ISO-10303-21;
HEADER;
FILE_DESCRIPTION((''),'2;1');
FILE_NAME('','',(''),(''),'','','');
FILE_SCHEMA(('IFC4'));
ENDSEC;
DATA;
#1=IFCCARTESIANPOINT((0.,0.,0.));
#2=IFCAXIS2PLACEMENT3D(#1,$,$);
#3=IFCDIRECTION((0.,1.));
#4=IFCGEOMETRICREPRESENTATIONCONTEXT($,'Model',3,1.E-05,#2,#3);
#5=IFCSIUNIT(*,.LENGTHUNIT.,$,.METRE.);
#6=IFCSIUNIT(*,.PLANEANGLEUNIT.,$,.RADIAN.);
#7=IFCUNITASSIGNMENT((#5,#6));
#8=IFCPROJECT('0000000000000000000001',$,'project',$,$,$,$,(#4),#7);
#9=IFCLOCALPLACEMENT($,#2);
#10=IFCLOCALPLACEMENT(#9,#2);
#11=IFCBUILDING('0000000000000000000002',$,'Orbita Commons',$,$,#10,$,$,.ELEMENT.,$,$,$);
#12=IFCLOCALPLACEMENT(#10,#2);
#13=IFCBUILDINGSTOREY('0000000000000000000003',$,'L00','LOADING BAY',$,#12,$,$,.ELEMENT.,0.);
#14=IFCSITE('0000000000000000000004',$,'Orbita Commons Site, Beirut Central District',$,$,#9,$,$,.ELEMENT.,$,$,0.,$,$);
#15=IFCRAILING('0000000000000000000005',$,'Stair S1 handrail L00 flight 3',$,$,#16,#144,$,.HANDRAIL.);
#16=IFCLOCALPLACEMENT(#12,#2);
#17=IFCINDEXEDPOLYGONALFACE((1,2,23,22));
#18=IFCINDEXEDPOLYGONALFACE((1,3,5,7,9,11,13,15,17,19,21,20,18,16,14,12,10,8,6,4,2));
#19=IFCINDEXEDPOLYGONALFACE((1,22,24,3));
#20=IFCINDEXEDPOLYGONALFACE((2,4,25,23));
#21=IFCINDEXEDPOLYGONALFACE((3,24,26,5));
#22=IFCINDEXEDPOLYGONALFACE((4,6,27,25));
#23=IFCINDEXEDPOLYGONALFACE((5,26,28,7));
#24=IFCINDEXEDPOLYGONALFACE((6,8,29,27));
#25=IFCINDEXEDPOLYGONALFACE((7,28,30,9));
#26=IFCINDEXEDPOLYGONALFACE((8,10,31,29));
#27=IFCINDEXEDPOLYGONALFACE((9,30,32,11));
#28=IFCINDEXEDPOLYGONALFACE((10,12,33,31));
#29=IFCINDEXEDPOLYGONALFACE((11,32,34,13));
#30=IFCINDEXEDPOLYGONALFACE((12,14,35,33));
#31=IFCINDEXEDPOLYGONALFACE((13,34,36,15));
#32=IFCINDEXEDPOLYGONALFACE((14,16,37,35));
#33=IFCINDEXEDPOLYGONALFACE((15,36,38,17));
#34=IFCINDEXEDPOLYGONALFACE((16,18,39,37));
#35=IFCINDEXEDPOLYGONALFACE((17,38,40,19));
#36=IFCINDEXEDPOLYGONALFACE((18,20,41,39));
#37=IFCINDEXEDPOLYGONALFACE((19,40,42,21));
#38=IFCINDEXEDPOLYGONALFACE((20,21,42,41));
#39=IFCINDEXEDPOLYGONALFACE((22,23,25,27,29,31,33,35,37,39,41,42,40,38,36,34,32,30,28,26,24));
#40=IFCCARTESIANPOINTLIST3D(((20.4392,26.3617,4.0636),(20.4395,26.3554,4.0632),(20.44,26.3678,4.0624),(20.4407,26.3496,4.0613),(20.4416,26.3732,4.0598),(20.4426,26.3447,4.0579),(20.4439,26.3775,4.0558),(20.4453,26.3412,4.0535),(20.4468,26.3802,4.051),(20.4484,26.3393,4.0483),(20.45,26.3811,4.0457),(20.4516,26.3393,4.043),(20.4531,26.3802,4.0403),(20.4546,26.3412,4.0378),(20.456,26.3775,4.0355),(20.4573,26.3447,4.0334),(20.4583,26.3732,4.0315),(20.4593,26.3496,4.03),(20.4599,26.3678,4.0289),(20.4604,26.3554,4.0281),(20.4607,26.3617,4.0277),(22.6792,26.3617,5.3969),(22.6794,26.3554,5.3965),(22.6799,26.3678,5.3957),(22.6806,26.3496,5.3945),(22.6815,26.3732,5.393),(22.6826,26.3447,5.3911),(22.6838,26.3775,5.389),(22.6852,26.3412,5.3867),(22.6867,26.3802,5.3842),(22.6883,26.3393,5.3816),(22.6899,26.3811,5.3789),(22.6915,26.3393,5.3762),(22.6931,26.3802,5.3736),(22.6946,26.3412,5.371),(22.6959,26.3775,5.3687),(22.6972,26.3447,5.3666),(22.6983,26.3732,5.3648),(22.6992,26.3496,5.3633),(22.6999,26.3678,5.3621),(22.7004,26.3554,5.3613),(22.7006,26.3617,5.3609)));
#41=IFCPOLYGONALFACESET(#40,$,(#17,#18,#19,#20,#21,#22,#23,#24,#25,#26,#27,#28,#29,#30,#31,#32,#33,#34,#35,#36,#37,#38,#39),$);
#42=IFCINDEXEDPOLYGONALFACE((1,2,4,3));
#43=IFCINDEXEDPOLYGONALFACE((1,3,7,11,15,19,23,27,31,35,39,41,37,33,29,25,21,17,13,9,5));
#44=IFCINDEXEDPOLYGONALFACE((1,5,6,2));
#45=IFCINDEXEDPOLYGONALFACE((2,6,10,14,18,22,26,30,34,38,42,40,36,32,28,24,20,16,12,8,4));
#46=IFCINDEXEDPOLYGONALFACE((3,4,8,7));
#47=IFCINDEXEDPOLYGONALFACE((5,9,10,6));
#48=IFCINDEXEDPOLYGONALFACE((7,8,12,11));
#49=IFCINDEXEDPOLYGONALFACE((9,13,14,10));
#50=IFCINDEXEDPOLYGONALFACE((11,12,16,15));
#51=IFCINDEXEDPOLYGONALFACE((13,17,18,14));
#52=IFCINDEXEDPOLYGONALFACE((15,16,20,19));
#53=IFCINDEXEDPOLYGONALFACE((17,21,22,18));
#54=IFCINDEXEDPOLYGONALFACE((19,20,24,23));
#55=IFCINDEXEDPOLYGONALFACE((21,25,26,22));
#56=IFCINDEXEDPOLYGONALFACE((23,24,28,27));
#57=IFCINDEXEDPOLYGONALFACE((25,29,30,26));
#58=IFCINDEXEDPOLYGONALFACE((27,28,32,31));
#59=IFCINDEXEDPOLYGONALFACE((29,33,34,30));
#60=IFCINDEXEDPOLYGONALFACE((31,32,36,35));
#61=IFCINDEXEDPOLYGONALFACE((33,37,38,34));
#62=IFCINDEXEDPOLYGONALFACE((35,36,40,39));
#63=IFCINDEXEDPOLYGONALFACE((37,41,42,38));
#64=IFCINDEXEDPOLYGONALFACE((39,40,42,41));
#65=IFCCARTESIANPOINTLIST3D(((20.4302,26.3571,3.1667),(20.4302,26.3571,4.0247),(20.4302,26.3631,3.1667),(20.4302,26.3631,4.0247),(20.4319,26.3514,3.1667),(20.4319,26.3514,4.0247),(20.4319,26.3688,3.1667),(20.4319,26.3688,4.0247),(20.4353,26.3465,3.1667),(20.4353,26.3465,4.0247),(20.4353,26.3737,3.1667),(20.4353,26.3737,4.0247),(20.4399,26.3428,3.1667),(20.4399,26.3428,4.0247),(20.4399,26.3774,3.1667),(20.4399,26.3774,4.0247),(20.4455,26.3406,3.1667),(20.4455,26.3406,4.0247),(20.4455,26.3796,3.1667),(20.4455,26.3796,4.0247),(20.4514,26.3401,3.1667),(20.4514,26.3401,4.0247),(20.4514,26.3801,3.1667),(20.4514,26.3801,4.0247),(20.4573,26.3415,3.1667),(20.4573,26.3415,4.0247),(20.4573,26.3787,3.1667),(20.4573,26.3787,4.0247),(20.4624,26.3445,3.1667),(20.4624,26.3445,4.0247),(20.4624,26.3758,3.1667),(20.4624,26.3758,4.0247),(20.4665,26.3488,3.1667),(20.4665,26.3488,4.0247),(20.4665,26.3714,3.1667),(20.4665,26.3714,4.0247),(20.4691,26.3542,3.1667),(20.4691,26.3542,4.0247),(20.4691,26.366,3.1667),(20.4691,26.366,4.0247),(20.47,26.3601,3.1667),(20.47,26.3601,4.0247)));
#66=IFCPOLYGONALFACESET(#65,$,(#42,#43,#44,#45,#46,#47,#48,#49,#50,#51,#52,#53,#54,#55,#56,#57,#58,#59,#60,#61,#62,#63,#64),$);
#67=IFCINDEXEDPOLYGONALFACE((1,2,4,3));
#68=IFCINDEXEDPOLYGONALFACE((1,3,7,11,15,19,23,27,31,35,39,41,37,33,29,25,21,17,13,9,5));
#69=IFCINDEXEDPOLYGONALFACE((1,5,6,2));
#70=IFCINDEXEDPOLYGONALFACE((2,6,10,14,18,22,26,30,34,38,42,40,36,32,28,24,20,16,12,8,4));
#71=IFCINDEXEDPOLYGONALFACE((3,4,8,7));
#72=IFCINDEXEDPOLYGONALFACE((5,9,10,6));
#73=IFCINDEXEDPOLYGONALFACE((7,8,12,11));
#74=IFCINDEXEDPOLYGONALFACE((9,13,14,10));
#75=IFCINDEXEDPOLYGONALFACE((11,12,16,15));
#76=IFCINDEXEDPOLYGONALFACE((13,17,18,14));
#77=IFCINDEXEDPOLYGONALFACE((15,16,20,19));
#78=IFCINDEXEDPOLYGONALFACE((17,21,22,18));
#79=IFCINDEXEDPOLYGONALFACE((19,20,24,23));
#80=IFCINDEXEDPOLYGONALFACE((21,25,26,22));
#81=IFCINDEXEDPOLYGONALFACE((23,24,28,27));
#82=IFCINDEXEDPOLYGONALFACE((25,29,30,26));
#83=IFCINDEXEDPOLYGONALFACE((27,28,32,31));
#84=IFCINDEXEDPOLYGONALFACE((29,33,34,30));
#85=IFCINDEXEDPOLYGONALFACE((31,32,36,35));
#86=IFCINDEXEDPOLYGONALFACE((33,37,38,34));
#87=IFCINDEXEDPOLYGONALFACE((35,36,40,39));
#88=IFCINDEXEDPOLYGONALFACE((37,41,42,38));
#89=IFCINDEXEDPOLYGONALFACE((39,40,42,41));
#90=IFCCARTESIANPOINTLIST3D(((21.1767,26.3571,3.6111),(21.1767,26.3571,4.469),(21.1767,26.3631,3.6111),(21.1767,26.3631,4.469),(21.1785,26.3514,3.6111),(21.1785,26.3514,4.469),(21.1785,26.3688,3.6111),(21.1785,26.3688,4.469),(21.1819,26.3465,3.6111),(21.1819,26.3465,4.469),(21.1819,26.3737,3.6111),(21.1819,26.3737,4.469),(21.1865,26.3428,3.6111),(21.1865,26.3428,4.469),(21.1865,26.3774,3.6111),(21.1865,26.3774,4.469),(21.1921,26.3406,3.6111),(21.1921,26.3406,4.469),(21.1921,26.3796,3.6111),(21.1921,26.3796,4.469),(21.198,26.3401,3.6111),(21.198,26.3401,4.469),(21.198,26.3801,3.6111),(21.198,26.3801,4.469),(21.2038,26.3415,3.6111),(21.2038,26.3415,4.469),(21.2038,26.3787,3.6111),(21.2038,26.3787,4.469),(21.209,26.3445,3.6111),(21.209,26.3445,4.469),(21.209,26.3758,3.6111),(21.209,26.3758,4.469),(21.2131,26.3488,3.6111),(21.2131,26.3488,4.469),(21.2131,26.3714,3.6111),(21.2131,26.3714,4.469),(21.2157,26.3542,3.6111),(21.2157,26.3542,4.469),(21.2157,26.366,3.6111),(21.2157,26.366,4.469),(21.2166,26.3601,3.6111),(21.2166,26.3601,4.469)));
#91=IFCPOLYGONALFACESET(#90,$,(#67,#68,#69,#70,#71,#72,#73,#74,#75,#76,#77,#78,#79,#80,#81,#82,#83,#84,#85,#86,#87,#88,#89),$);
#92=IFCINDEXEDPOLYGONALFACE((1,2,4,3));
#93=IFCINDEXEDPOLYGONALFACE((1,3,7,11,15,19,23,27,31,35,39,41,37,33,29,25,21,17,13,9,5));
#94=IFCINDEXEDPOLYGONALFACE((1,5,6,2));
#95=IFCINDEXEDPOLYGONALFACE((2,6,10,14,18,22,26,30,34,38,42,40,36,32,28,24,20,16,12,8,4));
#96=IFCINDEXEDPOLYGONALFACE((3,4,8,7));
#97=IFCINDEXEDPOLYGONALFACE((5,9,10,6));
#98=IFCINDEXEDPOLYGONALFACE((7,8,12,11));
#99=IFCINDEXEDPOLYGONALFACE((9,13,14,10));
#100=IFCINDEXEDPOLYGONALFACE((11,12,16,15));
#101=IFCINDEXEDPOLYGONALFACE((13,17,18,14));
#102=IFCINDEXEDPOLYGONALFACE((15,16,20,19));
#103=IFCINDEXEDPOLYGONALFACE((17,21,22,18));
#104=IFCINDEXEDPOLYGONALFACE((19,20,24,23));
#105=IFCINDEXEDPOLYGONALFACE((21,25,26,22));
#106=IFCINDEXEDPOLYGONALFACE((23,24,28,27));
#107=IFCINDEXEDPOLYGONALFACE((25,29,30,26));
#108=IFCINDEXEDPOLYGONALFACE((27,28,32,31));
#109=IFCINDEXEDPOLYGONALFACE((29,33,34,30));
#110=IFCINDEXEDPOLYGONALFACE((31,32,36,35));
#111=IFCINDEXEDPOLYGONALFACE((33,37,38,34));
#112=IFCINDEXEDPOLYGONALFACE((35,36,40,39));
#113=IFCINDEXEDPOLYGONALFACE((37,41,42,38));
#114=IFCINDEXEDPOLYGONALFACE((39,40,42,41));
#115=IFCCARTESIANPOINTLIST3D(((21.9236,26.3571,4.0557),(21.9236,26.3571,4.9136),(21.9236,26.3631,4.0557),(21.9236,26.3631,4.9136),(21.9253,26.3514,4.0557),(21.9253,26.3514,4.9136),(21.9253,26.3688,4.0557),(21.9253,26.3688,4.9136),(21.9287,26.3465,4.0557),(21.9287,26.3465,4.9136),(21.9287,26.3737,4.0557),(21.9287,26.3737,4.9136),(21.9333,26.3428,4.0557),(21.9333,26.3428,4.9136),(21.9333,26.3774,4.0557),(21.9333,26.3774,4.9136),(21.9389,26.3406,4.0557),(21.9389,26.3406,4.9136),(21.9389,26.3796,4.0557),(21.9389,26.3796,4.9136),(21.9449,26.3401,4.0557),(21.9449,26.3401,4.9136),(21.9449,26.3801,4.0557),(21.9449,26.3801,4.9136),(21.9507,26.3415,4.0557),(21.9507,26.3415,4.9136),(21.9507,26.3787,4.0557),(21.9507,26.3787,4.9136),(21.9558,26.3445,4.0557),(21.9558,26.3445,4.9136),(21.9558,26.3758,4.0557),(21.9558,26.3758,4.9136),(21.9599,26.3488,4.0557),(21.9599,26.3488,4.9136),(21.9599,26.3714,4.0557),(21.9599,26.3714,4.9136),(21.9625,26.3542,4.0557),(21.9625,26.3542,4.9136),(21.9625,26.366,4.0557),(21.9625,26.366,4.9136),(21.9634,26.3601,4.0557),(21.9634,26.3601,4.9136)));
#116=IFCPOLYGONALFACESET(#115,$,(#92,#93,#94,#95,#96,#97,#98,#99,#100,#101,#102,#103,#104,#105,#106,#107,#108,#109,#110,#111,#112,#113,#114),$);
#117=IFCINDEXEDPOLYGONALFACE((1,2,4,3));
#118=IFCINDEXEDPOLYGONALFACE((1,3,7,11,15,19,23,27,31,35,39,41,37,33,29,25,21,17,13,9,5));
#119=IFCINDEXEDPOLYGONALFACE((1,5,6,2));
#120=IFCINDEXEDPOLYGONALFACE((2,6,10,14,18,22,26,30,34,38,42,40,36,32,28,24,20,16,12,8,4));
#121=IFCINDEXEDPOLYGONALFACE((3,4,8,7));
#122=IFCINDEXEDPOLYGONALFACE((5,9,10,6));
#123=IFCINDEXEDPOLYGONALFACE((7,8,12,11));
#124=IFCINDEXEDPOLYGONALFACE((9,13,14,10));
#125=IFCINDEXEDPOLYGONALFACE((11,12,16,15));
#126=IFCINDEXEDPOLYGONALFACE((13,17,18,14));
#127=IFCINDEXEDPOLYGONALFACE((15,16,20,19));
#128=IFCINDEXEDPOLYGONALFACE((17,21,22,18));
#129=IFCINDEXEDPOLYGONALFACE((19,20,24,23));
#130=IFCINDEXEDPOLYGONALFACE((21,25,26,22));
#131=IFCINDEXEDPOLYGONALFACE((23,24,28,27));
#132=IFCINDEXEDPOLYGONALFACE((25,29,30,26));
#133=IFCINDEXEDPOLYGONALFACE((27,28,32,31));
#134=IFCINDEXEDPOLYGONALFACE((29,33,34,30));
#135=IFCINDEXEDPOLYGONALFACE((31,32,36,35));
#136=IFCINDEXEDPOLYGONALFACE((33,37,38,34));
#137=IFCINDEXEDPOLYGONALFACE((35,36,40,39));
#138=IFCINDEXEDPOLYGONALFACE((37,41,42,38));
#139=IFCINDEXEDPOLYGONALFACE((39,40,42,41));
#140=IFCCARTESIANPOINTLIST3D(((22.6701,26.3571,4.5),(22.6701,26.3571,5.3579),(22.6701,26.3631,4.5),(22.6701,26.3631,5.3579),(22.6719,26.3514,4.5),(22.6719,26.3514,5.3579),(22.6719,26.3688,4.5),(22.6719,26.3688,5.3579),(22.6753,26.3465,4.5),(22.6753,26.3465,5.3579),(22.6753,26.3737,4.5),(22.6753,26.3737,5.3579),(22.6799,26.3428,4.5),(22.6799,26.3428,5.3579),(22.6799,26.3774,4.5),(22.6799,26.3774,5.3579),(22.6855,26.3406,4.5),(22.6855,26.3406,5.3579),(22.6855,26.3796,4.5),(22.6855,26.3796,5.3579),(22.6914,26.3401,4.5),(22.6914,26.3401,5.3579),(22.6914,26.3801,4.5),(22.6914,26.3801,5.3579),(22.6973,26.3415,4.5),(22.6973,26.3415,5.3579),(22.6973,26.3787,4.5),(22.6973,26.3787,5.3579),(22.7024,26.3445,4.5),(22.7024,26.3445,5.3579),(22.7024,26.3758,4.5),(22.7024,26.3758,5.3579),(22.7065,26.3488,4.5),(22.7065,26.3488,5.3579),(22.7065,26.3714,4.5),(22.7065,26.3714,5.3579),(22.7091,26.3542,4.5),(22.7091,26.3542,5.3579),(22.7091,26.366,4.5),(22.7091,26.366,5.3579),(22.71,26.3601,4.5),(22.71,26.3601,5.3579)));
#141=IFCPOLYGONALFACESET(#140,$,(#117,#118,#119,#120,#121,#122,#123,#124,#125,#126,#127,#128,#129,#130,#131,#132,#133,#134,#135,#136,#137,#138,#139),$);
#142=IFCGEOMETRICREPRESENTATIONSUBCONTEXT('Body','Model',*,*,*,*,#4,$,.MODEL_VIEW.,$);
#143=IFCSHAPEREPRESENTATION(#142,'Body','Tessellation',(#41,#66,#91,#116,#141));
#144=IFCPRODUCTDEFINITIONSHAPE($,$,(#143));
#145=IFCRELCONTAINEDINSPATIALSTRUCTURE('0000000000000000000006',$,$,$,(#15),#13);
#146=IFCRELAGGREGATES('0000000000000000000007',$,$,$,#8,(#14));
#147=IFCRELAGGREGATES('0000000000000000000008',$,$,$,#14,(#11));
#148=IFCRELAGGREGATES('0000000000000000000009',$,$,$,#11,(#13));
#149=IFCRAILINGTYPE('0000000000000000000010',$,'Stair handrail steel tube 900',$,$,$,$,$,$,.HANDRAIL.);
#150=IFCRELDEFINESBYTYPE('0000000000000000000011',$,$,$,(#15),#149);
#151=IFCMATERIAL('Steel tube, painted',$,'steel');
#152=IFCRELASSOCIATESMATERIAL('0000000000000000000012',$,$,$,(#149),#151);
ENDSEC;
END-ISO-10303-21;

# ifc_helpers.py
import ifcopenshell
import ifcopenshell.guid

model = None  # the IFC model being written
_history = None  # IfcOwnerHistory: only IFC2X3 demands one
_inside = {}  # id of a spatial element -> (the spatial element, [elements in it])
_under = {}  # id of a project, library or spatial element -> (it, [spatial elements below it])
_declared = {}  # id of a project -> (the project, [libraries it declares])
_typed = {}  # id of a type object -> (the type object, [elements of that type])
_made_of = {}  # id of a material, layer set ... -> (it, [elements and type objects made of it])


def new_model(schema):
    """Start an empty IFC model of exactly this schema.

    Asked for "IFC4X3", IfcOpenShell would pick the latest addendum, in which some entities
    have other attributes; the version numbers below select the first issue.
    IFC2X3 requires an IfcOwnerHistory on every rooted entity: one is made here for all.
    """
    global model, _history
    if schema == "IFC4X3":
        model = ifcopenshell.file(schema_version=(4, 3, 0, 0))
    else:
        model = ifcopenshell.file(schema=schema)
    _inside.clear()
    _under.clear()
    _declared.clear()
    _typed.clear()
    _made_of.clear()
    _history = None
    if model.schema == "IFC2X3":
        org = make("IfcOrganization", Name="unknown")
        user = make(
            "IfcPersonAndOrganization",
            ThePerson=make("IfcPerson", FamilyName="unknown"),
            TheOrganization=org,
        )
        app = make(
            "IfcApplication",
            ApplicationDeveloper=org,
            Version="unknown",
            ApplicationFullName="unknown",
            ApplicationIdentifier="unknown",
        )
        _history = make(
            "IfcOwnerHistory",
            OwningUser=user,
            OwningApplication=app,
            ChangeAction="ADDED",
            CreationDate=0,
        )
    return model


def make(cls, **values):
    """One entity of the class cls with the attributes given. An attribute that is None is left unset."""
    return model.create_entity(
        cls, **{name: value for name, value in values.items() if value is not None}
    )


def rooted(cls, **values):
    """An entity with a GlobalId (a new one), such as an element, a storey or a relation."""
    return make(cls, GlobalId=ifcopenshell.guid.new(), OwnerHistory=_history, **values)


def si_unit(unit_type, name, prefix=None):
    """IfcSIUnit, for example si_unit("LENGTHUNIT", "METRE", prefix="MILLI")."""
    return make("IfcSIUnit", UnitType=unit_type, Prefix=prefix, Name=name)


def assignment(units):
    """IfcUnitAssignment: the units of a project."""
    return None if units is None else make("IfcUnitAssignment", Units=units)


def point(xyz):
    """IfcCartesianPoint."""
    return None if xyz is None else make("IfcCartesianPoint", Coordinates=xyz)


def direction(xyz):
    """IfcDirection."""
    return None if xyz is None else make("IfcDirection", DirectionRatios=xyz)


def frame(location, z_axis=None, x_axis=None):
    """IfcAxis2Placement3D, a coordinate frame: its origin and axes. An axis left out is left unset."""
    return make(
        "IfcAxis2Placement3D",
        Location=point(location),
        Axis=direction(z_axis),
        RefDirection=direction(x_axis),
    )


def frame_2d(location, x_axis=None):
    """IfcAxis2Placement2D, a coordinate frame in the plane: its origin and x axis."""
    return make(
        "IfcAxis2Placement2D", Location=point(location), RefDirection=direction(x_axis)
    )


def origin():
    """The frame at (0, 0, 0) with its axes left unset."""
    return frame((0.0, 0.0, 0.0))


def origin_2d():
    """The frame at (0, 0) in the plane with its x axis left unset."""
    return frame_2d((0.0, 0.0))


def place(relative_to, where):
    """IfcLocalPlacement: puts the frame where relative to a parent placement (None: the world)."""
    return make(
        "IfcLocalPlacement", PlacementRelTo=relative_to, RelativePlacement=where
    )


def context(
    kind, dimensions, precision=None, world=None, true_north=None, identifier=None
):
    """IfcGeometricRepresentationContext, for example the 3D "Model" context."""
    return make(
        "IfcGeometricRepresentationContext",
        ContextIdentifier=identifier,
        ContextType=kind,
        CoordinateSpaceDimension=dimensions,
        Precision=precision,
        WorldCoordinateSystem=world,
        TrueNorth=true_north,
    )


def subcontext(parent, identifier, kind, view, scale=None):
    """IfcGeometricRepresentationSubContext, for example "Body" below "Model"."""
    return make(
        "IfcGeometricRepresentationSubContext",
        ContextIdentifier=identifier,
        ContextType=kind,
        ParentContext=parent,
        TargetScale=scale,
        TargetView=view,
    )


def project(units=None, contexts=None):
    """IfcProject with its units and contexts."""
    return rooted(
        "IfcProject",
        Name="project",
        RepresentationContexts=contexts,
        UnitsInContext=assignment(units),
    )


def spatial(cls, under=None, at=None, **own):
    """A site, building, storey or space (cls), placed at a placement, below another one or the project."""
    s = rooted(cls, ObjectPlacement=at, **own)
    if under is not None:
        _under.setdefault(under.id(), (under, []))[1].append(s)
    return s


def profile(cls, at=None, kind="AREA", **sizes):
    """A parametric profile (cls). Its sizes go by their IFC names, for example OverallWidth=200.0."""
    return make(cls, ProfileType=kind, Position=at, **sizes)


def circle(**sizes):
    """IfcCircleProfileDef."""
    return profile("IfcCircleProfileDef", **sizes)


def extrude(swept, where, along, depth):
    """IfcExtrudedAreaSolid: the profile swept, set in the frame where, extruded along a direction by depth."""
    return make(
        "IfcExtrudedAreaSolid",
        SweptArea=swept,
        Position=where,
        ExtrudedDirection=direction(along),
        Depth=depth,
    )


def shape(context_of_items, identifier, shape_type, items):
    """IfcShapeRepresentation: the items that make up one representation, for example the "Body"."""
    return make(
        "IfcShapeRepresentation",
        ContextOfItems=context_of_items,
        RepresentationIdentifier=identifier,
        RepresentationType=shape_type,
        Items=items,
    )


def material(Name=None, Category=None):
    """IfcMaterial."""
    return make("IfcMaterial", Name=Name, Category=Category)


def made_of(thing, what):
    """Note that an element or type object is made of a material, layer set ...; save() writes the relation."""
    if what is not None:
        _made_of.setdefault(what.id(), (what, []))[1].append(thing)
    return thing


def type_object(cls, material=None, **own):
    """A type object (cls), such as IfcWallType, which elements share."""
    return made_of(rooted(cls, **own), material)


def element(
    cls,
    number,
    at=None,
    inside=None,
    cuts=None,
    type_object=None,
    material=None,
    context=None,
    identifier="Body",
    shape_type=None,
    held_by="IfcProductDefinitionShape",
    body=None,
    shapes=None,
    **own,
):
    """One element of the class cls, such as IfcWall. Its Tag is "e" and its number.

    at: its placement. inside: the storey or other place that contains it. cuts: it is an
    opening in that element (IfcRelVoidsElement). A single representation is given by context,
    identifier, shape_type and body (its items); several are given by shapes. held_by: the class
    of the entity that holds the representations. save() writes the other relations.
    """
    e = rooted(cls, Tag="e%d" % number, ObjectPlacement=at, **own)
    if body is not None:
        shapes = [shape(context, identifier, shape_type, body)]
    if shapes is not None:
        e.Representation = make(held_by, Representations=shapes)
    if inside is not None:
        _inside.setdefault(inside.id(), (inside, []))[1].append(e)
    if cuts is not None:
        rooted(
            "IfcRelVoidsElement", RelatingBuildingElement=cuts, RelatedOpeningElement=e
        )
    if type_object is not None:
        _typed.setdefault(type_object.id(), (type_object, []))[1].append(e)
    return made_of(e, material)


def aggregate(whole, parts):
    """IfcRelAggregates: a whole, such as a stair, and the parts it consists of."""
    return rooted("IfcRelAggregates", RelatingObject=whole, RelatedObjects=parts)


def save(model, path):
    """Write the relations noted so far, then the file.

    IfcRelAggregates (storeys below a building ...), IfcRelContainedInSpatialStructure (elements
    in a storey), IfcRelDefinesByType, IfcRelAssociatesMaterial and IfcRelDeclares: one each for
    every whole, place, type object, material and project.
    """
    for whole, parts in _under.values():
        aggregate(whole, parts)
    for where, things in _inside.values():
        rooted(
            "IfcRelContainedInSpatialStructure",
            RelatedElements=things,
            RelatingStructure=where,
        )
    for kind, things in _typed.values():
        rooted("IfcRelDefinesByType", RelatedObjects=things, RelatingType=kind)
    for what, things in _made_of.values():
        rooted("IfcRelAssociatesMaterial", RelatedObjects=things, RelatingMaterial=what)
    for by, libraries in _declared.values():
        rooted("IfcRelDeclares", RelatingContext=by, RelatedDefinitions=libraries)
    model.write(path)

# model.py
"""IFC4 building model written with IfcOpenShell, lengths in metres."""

from ifc_helpers import new_model, si_unit, direction, frame, origin, origin_2d, place, context, subcontext, project, spatial, circle, extrude, material, type_object, element, save


model = new_model("IFC4")

# Units and contexts
model_context = context("Model", 3, precision=1e-05, world=origin(), true_north=direction((0.0, 1.0)))
body_context = subcontext(model_context, "Body", "Model", "MODEL_VIEW")
ifc_project = project(units=[si_unit("LENGTHUNIT", "METRE"), si_unit("PLANEANGLEUNIT", "RADIAN")], contexts=[model_context])

# Site, building, storey
site_placement = place(None, origin())
site = spatial("IfcSite", under=ifc_project, at=site_placement, Name="Orbita Commons Site, Beirut Central District", CompositionType="ELEMENT", RefElevation=0.0)
building_placement = place(site_placement, origin())
building = spatial("IfcBuilding", under=site, at=building_placement, Name="Orbita Commons", CompositionType="ELEMENT")
storey_placement = place(building_placement, origin())
storey = spatial("IfcBuildingStorey", under=building, at=storey_placement, Name="L00", Description="LOADING BAY", CompositionType="ELEMENT", Elevation=0.0)

# Railing
ifc_material_1 = material(Name="Steel tube, painted", Category="steel")
railing_type = type_object("IfcRailingType", Name="Stair handrail steel tube 900", PredefinedType="HANDRAIL", material=ifc_material_1)
for number, where, name in (
    (1, (20.45, 26.3601, 3.1667), "Stair S1 handrail L00 flight 3"),
):
    element("IfcRailing", number, at=place(storey_placement, frame(where)), inside=storey, type_object=railing_type, Name=name, PredefinedType="HANDRAIL", context=body_context, shape_type="SweptSolid", body=[
        extrude(circle(Radius=0.021, at=origin_2d()), frame((0.0, 0.0, 0.8789), z_axis=(0.859306, 0.0, 0.511462), x_axis=(0.0, 1.0, 0.0)), (0.0, 0.0, 1.0), 2.6067),
        extrude(circle(Radius=0.02, at=origin_2d()), origin(), (0.0, 0.0, 1.0), 0.8579),
        extrude(circle(Radius=0.02, at=origin_2d()), frame((0.7466, 0.0, 0.4443)), (0.0, 0.0, 1.0), 0.8579),
        extrude(circle(Radius=0.02, at=origin_2d()), frame((1.4934, 0.0, 0.8889)), (0.0, 0.0, 1.0), 0.8579),
        extrude(circle(Radius=0.02, at=origin_2d()), frame((2.24, 0.0, 1.3333)), (0.0, 0.0, 1.0), 0.8579),
    ])

save(model, "model.ifc")
